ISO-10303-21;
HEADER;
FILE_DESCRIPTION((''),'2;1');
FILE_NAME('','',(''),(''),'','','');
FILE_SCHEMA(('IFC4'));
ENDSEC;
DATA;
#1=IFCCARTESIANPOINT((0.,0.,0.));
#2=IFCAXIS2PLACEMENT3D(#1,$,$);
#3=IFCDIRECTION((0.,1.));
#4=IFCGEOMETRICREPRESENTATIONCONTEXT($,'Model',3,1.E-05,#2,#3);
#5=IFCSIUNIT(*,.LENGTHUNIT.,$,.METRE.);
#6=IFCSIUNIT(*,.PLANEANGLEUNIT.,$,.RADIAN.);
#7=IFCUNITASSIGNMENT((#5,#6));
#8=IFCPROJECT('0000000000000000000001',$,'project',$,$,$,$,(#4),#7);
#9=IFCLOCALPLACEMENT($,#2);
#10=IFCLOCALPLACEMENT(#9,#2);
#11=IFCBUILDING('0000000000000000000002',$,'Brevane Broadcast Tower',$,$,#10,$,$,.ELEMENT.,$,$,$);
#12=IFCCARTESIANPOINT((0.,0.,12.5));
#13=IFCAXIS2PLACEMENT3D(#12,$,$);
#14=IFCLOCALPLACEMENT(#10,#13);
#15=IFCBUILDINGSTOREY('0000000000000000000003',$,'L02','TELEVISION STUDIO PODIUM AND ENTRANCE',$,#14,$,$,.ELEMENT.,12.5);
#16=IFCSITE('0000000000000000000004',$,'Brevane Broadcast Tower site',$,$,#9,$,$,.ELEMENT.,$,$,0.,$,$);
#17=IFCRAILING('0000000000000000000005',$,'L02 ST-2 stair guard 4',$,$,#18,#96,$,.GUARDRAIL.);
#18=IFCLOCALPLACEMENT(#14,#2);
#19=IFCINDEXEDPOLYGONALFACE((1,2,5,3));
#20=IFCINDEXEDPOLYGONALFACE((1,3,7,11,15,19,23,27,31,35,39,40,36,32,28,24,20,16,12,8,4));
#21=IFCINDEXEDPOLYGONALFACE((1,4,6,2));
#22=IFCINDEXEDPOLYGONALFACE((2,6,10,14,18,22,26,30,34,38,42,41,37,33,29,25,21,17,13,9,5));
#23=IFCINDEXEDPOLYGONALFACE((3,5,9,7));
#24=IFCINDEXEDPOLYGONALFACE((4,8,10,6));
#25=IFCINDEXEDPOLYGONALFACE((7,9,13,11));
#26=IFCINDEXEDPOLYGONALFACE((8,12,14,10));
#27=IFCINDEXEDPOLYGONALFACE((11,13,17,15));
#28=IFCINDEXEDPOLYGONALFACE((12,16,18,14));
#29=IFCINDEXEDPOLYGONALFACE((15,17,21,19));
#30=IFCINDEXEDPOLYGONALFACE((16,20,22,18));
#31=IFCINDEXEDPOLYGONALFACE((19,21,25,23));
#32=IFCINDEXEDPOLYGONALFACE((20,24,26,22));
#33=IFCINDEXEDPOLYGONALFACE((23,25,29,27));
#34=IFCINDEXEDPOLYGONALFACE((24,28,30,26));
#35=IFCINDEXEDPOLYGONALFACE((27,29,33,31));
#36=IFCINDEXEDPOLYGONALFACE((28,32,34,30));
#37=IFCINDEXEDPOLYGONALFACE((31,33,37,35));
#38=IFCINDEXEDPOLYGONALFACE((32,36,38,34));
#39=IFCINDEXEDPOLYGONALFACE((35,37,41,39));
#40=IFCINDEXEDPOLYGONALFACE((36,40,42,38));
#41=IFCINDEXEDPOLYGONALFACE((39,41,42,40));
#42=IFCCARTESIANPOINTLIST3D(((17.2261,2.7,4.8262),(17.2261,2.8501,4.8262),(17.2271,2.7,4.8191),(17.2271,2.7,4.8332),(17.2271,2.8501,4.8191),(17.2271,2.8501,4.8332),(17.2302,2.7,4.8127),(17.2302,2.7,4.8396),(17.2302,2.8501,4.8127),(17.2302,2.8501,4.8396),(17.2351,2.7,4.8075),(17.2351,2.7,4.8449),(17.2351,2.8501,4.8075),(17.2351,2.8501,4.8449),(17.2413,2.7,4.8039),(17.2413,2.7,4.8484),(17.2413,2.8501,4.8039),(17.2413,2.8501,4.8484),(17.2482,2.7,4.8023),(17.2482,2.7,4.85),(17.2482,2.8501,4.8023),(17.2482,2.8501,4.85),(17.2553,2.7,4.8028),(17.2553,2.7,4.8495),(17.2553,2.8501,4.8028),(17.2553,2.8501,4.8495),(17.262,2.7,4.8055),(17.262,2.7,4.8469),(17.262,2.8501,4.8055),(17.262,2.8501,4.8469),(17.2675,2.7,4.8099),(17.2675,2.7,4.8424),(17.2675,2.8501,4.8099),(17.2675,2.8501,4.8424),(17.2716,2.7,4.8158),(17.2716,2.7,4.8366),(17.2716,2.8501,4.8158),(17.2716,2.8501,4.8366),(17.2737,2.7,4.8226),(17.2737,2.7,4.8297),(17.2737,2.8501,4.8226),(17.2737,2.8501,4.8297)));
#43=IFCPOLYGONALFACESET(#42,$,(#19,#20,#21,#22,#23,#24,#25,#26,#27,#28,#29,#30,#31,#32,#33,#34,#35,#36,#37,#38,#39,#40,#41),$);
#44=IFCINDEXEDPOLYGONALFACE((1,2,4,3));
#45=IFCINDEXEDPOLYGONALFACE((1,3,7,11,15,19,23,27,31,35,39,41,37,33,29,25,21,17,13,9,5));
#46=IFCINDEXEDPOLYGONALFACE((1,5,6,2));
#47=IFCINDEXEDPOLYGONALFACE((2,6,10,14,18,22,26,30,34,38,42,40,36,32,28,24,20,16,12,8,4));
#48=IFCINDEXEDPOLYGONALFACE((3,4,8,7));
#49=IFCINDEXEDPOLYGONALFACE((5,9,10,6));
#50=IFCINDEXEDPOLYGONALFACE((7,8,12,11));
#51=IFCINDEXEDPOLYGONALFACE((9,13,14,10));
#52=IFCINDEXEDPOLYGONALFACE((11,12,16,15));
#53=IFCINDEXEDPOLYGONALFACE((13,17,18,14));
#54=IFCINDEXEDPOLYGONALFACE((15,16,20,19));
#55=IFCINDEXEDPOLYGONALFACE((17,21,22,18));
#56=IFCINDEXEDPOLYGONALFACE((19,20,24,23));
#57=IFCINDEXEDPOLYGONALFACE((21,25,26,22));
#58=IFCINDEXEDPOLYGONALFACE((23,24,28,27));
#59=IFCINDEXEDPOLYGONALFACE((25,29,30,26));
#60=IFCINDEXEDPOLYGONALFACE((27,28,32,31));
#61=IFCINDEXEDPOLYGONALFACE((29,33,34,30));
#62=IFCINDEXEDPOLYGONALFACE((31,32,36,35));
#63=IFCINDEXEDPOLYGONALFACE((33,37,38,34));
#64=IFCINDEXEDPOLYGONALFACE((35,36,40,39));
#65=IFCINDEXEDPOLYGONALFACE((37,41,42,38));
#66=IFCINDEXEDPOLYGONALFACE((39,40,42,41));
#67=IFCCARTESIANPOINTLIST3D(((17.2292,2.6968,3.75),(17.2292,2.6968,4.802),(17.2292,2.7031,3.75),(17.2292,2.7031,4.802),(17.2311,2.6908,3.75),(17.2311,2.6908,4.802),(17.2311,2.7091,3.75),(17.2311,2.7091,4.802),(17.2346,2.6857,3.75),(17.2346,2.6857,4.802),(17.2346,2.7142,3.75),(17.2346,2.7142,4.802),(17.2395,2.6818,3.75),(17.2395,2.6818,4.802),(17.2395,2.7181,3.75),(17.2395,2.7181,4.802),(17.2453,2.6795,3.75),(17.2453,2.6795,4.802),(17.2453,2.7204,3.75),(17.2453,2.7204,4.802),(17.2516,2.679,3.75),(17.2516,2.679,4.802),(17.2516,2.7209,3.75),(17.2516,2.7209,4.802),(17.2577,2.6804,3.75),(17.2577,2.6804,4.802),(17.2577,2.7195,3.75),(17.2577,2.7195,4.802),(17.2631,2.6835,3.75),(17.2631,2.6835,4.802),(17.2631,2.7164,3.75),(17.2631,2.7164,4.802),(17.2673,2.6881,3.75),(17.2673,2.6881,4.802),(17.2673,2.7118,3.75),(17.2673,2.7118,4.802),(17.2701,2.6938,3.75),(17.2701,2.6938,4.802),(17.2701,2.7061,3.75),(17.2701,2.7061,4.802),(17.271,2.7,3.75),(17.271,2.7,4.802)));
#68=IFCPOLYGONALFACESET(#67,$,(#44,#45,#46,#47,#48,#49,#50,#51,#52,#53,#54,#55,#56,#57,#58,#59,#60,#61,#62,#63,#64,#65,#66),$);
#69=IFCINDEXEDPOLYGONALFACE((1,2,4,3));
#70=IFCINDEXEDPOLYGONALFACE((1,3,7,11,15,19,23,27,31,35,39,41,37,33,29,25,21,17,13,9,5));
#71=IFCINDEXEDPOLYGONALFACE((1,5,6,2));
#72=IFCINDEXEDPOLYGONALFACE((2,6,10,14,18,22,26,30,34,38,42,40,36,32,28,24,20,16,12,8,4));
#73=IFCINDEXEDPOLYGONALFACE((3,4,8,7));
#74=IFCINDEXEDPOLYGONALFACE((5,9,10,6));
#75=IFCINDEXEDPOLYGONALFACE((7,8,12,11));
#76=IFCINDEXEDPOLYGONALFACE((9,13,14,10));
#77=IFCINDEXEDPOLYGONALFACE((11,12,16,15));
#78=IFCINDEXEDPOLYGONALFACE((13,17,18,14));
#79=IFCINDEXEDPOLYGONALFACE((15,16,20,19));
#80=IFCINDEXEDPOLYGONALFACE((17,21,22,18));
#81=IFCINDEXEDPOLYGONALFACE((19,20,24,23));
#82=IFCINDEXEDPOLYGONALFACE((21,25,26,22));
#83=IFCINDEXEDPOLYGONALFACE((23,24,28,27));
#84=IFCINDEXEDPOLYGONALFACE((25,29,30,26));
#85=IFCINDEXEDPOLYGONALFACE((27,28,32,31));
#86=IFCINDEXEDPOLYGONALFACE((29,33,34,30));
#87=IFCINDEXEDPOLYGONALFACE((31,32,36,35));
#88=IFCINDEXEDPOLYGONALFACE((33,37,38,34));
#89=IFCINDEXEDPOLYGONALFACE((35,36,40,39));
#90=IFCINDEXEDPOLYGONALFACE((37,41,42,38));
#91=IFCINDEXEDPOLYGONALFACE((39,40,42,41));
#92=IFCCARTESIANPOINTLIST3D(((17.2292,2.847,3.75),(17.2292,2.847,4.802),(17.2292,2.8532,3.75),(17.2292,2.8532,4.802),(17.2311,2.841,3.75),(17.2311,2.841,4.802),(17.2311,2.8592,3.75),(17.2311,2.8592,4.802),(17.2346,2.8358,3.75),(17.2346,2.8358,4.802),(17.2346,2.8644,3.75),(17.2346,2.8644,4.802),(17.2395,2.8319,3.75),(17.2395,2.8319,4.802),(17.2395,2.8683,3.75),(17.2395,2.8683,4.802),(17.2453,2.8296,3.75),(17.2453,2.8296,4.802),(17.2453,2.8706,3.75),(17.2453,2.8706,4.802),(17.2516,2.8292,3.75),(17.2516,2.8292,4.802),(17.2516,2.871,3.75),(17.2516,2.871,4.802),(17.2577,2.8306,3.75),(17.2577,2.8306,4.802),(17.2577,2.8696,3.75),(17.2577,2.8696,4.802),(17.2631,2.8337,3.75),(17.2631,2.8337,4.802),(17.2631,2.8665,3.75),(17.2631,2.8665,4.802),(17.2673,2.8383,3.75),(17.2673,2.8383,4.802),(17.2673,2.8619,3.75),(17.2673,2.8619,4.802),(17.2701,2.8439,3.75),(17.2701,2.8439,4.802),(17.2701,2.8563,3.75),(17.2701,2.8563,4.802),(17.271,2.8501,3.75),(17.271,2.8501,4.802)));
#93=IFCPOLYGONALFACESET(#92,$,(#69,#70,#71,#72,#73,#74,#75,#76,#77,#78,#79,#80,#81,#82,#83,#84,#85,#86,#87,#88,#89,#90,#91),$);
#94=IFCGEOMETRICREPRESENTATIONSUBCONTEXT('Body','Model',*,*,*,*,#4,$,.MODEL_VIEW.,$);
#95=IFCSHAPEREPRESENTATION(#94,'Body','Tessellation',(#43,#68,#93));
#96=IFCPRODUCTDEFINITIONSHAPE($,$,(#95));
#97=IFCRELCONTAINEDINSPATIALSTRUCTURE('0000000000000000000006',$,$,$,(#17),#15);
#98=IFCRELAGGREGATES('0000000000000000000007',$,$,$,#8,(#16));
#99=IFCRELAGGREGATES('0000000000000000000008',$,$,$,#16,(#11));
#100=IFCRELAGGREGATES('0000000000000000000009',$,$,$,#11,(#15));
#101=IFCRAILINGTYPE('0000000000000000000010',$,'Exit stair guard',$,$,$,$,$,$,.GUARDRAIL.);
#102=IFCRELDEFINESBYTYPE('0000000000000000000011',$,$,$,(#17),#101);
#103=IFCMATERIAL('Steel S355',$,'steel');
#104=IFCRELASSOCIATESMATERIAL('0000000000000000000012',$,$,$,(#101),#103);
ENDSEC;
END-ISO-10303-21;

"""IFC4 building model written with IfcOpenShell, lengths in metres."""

from ifc_helpers import new_model, si_unit, direction, frame, origin, origin_2d, place, context, subcontext, project, spatial, circle, extrude, material, type_object, element, save


model = new_model("IFC4")

# Units and contexts
model_context = context("Model", 3, precision=1e-05, world=origin(), true_north=direction((0.0, 1.0)))
body_context = subcontext(model_context, "Body", "Model", "MODEL_VIEW")
ifc_project = project(units=[si_unit("LENGTHUNIT", "METRE"), si_unit("PLANEANGLEUNIT", "RADIAN")], contexts=[model_context])

# Site, building, storey
site_placement = place(None, origin())
site = spatial("IfcSite", under=ifc_project, at=site_placement, Name="Brevane Broadcast Tower site", CompositionType="ELEMENT", RefElevation=0.0)
building_placement = place(site_placement, origin())
building = spatial("IfcBuilding", under=site, at=building_placement, Name="Brevane Broadcast Tower", CompositionType="ELEMENT")
storey_placement = place(building_placement, frame((0.0, 0.0, 12.5)))
storey = spatial("IfcBuildingStorey", under=building, at=storey_placement, Name="L02", Description="TELEVISION STUDIO PODIUM AND ENTRANCE", CompositionType="ELEMENT", Elevation=12.5)

# Railing
ifc_material_1 = material(Name="Steel S355", Category="steel")
railing_type_1 = type_object("IfcRailingType", Name="Exit stair guard", PredefinedType="GUARDRAIL", material=ifc_material_1)
railing_1_placement = place(storey_placement, frame((17.25, 2.7, 3.75)))
element("IfcRailing", 1, at=railing_1_placement, inside=storey, type_object=railing_type_1, Name="L02 ST-2 stair guard 4", PredefinedType="GUARDRAIL", context=body_context, shape_type="SweptSolid", body=[
    extrude(circle(Radius=0.0239, at=origin_2d()), frame((0.0, 0.0, 1.0762), z_axis=(0.0, 1.0, 0.0), x_axis=(-1.0, 0.0, 0.0)), (0.0, 0.0, 1.0), 0.1501),
    extrude(circle(Radius=0.021, at=origin_2d()), origin(), (0.0, 0.0, 1.0), 1.052),
    extrude(circle(Radius=0.021, at=origin_2d()), frame((0.0, 0.1501, 0.0)), (0.0, 0.0, 1.0), 1.052),
])

save(model, "model.ifc")
